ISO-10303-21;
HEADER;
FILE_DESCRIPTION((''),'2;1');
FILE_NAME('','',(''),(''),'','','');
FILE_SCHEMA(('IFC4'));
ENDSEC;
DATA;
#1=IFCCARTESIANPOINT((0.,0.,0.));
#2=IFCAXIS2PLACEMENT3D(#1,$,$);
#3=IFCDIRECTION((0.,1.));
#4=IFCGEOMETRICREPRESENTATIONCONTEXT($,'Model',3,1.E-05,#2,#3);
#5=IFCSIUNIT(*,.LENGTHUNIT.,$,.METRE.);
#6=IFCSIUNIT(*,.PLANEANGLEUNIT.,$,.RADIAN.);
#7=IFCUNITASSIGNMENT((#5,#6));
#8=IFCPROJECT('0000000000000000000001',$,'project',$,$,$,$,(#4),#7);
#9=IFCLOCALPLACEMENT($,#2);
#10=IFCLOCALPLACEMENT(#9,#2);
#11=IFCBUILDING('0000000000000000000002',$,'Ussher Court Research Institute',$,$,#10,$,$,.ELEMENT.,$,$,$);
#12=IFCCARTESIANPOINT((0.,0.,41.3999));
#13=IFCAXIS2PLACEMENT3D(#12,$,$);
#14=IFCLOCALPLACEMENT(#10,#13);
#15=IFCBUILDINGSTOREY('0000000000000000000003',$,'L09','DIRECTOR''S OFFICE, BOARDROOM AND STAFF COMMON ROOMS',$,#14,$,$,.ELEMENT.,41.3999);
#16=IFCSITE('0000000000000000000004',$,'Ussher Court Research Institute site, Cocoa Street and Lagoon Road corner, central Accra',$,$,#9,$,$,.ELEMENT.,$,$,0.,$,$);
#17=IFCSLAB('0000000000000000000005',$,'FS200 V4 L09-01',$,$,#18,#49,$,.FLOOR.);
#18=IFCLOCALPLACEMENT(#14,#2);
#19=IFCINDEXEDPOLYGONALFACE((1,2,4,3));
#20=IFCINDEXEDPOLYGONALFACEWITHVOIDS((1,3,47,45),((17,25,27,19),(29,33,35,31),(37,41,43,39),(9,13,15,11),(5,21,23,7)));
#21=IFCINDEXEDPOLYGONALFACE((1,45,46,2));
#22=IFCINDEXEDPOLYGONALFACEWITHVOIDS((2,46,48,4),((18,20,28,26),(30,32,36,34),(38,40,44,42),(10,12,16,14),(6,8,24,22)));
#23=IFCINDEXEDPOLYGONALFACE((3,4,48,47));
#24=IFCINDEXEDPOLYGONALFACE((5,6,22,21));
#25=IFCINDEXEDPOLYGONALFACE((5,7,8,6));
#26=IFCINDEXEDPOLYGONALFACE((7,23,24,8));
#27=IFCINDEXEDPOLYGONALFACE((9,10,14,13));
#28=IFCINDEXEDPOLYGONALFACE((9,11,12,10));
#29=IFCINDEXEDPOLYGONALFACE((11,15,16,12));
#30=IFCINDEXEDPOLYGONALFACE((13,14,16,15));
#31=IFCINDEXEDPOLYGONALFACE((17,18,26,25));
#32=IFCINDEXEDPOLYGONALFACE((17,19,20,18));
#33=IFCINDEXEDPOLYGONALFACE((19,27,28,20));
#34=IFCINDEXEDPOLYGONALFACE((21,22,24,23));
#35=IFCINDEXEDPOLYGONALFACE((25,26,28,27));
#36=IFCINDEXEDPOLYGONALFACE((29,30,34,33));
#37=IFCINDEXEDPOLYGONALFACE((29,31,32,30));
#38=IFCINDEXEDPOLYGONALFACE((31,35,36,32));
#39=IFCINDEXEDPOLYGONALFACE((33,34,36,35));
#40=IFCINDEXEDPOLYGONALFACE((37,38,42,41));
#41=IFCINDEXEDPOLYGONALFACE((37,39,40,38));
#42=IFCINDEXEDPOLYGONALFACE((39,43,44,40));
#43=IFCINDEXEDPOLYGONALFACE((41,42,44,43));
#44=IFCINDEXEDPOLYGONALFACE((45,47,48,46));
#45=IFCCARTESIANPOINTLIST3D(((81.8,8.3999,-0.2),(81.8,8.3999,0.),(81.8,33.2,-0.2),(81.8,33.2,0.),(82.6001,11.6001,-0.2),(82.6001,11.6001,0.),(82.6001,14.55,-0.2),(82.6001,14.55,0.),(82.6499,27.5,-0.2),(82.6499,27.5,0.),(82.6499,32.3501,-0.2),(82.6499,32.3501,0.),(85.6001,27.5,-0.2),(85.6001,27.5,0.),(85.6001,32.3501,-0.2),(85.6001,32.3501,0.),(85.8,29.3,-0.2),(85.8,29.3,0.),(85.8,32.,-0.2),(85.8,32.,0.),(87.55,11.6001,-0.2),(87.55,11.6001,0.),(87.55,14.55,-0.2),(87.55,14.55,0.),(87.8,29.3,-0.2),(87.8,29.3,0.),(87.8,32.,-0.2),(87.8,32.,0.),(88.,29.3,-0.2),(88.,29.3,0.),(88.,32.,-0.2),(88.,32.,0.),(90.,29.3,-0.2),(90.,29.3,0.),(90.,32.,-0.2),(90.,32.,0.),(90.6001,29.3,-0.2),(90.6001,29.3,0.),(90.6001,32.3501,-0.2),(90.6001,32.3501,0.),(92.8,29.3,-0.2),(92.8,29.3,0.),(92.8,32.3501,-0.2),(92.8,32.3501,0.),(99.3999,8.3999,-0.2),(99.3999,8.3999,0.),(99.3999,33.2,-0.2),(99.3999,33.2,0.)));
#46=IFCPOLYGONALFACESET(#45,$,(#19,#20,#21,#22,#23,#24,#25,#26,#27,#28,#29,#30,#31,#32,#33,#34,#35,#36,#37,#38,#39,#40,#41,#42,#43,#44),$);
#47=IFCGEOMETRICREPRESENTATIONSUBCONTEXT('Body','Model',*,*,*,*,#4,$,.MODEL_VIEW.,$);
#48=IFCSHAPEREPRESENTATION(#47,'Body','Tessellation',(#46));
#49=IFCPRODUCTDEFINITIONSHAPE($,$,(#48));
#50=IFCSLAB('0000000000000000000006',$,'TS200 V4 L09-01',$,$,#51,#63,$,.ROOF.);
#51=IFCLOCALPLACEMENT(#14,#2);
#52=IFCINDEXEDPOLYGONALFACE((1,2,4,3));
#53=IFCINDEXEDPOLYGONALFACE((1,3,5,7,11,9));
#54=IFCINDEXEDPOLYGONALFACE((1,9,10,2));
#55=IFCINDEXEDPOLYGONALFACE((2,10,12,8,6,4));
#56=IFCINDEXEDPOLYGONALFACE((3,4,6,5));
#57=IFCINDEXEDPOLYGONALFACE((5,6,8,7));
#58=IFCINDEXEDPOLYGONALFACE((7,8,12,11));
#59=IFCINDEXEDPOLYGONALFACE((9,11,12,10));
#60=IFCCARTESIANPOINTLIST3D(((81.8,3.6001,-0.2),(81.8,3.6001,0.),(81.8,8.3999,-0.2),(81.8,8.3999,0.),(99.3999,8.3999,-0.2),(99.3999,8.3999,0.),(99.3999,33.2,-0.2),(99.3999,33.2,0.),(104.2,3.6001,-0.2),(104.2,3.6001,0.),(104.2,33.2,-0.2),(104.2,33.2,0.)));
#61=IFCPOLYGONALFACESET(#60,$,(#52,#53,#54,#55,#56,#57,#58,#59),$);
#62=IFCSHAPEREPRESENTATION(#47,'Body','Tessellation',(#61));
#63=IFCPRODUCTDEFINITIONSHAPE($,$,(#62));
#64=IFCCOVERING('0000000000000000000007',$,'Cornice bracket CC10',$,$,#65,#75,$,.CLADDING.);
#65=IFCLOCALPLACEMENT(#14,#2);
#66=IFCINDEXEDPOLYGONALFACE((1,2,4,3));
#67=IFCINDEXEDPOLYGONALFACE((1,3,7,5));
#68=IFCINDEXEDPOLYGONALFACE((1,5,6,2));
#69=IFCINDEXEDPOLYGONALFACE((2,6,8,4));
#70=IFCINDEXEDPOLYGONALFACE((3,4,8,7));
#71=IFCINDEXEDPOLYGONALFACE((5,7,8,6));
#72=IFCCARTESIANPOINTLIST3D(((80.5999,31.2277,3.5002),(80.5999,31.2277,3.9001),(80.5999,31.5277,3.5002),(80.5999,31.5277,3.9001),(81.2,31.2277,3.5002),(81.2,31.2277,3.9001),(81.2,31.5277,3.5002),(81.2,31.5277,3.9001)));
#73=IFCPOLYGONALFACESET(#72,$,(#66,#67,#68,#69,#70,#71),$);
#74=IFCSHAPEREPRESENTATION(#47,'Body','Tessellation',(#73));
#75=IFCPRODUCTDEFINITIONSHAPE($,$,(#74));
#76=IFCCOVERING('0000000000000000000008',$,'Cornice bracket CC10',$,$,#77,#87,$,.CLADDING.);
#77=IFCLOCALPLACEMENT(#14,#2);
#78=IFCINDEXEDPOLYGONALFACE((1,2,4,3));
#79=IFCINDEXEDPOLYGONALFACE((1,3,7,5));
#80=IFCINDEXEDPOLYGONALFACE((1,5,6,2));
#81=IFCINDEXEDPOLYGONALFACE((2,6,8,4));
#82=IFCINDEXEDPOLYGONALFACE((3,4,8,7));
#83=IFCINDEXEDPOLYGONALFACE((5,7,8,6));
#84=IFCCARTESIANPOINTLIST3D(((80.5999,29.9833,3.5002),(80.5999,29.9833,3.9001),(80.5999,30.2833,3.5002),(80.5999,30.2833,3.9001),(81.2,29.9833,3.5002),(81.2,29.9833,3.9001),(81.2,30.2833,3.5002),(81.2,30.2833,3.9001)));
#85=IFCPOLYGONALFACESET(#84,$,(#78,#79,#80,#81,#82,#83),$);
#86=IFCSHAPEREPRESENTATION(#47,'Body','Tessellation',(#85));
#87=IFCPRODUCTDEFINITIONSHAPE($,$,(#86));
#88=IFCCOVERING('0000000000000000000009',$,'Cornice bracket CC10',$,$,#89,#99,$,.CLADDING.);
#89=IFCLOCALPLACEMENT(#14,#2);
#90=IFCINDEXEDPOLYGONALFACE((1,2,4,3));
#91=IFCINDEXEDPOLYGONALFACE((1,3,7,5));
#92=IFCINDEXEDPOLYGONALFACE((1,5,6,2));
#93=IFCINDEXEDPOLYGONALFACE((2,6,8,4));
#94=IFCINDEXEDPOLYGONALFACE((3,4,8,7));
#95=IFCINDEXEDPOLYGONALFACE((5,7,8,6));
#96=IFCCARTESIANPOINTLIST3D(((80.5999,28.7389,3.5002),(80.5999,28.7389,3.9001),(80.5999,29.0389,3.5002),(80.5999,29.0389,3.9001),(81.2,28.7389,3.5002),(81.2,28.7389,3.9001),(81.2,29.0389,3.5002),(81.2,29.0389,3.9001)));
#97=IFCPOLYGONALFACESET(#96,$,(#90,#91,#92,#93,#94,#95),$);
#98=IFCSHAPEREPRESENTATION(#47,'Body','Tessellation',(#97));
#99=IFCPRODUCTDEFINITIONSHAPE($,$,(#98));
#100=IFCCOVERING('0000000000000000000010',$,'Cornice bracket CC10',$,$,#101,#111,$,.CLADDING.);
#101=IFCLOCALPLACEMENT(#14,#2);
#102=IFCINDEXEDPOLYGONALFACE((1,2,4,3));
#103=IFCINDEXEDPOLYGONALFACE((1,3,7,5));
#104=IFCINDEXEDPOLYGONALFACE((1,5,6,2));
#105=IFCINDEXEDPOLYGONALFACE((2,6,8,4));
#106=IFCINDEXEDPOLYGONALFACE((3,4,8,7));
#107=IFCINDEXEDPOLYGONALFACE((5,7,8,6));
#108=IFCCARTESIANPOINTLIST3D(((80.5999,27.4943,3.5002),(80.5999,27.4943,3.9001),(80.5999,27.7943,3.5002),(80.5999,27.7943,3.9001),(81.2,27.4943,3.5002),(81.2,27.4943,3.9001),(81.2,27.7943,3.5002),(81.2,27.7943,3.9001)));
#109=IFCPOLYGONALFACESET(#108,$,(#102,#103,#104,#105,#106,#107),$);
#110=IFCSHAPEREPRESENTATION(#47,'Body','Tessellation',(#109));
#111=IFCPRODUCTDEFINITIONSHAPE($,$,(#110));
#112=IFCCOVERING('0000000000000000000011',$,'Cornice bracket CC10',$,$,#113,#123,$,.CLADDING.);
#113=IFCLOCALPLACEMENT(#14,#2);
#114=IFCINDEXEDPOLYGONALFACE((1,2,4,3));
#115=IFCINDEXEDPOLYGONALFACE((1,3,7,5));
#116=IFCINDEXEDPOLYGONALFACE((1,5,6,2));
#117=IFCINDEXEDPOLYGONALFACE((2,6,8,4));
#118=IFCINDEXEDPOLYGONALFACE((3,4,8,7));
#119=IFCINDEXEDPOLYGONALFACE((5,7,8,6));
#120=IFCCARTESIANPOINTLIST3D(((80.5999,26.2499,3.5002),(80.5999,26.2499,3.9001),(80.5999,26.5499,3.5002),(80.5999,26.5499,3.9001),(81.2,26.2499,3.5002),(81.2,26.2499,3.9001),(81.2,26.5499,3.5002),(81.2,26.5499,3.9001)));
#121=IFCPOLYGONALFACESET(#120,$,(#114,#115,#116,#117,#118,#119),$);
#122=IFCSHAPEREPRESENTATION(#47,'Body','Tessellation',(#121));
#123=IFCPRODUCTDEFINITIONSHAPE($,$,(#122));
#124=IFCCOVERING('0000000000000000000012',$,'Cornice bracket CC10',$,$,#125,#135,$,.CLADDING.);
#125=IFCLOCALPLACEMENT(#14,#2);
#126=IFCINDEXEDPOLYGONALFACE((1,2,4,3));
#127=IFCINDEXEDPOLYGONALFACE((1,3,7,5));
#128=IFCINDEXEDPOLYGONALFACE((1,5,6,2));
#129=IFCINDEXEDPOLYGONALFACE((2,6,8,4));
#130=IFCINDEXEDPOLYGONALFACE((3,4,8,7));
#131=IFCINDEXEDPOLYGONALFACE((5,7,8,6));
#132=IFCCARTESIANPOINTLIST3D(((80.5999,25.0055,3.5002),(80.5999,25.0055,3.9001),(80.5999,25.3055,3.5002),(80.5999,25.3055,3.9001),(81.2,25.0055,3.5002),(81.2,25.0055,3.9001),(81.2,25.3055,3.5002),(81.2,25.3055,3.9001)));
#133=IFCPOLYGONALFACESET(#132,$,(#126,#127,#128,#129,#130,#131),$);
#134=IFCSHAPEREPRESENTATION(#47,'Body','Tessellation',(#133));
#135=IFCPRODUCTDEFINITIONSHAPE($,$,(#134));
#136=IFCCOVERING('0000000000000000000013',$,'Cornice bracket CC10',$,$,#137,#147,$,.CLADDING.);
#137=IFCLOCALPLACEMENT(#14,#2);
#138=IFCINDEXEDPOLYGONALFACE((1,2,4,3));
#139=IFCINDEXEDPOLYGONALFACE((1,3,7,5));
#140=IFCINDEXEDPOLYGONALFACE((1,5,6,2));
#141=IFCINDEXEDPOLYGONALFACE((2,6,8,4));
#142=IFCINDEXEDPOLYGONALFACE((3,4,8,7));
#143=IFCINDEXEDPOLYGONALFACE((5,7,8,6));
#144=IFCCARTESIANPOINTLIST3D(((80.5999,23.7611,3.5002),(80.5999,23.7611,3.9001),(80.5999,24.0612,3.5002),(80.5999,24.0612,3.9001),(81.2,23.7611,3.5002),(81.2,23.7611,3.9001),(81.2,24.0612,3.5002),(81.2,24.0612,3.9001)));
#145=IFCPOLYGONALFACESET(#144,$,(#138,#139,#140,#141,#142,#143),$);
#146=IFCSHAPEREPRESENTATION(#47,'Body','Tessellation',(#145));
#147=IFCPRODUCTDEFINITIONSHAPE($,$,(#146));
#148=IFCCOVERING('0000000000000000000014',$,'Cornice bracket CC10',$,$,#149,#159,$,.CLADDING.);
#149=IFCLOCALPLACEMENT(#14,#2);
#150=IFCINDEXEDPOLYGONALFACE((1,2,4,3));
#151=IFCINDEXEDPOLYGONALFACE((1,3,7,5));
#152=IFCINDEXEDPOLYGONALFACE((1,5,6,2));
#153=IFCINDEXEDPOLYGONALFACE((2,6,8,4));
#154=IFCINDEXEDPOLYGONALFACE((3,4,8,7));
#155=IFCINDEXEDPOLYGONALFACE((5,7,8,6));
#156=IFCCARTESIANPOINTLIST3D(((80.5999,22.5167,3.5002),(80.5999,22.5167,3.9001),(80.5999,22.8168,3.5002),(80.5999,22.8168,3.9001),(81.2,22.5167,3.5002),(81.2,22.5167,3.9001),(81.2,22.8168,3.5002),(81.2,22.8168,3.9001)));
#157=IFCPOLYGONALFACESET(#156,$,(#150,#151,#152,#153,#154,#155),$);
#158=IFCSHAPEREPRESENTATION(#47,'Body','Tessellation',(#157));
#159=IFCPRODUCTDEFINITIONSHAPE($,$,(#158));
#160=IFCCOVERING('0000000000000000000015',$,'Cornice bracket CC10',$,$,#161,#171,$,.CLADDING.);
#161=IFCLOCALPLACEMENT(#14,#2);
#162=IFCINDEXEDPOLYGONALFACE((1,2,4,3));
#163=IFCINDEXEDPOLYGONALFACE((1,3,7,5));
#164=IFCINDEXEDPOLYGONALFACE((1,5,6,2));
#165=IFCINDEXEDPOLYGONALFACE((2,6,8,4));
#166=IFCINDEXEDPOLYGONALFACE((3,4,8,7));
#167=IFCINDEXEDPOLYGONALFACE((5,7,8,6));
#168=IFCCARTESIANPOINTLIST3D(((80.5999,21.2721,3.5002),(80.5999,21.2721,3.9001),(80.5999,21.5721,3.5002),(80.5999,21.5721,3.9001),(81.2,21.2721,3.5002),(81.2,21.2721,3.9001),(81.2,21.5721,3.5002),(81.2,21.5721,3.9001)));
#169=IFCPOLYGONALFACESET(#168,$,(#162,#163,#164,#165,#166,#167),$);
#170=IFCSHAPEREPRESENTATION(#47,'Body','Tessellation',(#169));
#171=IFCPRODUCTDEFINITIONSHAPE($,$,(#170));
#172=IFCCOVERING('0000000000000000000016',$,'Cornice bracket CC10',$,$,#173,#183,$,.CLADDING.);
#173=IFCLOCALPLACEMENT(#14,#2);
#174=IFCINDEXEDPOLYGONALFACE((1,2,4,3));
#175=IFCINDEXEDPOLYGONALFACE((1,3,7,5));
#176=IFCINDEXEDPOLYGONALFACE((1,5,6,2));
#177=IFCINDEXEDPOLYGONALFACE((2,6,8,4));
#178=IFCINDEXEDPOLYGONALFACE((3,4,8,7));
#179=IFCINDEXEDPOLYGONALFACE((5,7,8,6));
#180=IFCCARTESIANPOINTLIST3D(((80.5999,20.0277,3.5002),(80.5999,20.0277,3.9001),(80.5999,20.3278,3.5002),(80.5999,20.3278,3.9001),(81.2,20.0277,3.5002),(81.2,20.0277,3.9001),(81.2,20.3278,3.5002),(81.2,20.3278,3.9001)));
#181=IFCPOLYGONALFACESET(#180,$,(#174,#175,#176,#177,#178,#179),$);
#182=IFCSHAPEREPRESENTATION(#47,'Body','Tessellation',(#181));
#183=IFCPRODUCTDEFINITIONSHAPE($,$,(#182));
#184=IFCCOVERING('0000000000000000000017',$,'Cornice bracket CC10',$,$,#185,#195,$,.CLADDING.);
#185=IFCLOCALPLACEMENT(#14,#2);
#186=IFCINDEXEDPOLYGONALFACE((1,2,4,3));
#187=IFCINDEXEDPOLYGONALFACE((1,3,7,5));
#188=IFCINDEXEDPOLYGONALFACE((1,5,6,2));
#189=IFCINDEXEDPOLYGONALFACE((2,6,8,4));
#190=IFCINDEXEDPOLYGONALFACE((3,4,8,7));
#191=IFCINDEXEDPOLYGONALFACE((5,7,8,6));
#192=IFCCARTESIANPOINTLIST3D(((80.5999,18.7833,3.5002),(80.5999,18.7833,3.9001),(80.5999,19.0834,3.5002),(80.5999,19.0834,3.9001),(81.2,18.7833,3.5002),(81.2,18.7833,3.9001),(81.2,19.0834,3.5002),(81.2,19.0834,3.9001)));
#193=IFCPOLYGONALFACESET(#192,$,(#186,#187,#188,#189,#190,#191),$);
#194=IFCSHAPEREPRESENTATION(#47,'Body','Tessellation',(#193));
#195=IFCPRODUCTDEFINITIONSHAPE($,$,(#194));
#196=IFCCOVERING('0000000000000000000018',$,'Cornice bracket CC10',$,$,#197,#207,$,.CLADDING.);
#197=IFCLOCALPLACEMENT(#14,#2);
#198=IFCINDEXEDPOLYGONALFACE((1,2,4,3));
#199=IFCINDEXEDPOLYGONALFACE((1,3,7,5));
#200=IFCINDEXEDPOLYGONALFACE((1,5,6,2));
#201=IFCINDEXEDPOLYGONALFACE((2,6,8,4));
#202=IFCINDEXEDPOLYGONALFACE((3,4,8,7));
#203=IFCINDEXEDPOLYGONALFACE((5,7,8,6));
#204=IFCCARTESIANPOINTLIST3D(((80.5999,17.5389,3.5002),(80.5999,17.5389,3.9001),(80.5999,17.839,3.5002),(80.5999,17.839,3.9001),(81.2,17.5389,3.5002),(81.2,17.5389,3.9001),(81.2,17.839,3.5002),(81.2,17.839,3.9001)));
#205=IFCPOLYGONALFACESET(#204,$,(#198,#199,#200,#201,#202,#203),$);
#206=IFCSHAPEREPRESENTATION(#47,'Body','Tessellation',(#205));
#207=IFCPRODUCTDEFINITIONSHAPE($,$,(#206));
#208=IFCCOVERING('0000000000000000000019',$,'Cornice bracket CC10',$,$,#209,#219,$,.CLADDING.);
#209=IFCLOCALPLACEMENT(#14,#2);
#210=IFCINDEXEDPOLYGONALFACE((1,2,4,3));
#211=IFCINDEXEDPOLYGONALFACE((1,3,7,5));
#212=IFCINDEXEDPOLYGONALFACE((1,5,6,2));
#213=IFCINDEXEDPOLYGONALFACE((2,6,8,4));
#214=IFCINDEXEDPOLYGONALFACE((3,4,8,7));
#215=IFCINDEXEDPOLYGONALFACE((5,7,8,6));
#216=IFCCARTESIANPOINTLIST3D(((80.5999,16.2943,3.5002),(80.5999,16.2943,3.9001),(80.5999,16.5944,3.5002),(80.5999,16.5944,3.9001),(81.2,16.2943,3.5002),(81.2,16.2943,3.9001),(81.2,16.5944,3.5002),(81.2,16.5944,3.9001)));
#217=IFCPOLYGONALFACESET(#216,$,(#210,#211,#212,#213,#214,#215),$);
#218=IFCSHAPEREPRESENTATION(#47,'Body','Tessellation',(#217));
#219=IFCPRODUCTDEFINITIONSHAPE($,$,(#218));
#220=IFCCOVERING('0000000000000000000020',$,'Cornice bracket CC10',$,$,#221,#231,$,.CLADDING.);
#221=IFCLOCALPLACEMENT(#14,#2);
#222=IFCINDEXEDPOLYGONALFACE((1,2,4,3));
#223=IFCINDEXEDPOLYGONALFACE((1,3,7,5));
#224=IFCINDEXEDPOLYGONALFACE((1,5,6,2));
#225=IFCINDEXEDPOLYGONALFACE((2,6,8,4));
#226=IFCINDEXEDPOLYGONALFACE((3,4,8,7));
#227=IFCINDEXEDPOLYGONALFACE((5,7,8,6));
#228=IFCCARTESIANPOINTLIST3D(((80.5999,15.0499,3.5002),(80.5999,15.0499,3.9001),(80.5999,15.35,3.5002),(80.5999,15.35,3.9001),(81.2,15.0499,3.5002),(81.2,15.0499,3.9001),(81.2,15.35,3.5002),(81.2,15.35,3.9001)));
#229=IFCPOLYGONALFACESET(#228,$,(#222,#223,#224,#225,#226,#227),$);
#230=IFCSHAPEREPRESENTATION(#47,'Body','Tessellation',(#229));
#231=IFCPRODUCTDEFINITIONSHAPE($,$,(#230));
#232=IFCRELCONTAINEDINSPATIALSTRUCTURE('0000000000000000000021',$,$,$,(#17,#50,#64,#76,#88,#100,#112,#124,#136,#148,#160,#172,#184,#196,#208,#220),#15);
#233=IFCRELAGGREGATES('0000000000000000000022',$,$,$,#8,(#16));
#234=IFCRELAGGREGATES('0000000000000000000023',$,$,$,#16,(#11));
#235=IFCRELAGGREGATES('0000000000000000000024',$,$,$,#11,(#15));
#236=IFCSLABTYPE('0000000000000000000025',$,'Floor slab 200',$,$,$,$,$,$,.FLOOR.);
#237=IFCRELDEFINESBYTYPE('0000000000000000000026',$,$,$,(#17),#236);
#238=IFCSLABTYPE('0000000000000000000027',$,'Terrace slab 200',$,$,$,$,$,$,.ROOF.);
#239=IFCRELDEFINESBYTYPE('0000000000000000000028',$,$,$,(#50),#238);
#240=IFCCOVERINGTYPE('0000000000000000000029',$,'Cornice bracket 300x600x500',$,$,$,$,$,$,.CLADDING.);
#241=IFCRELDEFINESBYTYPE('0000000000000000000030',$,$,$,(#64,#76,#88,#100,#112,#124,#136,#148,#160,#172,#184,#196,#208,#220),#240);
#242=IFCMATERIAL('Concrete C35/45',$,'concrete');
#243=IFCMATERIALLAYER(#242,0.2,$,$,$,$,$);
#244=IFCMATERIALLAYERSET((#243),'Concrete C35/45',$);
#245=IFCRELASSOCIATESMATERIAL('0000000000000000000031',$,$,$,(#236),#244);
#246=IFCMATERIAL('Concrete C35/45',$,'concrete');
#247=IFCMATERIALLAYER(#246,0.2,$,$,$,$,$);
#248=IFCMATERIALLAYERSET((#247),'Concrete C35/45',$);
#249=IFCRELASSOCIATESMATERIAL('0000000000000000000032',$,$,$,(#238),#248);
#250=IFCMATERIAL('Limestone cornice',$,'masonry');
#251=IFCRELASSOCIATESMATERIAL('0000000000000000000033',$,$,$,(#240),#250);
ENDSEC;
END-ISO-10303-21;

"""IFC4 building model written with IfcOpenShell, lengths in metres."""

from ifc_helpers import new_model, si_unit, direction, frame, origin, origin_2d, place, context, subcontext, project, spatial, polyline, rectangle, outline, extrude, material, layer, layer_set, type_object, element, save


model = new_model("IFC4")

# Units and contexts
model_context = context("Model", 3, precision=1e-05, world=origin(), true_north=direction((0.0, 1.0)))
body_context = subcontext(model_context, "Body", "Model", "MODEL_VIEW")
ifc_project = project(units=[si_unit("LENGTHUNIT", "METRE"), si_unit("PLANEANGLEUNIT", "RADIAN")], contexts=[model_context])

# Site, building, storey
site_placement = place(None, origin())
site = spatial("IfcSite", under=ifc_project, at=site_placement, Name="Ussher Court Research Institute site, Cocoa Street and Lagoon Road corner, central Accra", CompositionType="ELEMENT", RefElevation=0.0)
building_placement = place(site_placement, origin())
building = spatial("IfcBuilding", under=site, at=building_placement, Name="Ussher Court Research Institute", CompositionType="ELEMENT")
storey_placement = place(building_placement, frame((0.0, 0.0, 41.3999)))
storey = spatial("IfcBuildingStorey", under=building, at=storey_placement, Name="L09", Description="DIRECTOR'S OFFICE, BOARDROOM AND STAFF COMMON ROOMS", CompositionType="ELEMENT", Elevation=41.3999)

# Slabs
ifc_material_1 = material(Name="Concrete C35/45", Category="concrete")
ifc_layer_1 = layer(ifc_material_1, 0.2)
ifc_layer_set_1 = layer_set([ifc_layer_1], Name="Concrete C35/45")
slab_type_1 = type_object("IfcSlabType", Name="Floor slab 200", PredefinedType="FLOOR", material=ifc_layer_set_1)
slab_1_placement = place(storey_placement, frame((0.0, 0.0, -0.2)))
element("IfcSlab", 1, at=slab_1_placement, inside=storey, type_object=slab_type_1, Name="FS200 V4 L09-01", PredefinedType="FLOOR", context=body_context, shape_type="SweptSolid", body=[
    extrude(outline(polyline([(81.8, 33.2), (81.8, 8.3999), (99.3999, 8.3999), (99.3999, 33.2), (81.8, 33.2)]), holes=[polyline([(82.6001, 14.55), (87.55, 14.55), (87.55, 11.6001), (82.6001, 11.6001), (82.6001, 14.55)]), polyline([(85.6001, 32.3501), (85.6001, 27.5), (82.6499, 27.5), (82.6499, 32.3501), (85.6001, 32.3501)]), polyline([(85.8, 32.0), (87.8, 32.0), (87.8, 29.3), (85.8, 29.3), (85.8, 32.0)]), polyline([(90.0, 32.0), (90.0, 29.3), (88.0, 29.3), (88.0, 32.0), (90.0, 32.0)]), polyline([(92.8, 32.3501), (92.8, 29.3), (90.6001, 29.3), (90.6001, 32.3501), (92.8, 32.3501)])]), origin(), (0.0, 0.0, 1.0), 0.2),
])
ifc_material_2 = material(Name="Concrete C35/45", Category="concrete")
ifc_layer_2 = layer(ifc_material_2, 0.2)
ifc_layer_set_2 = layer_set([ifc_layer_2], Name="Concrete C35/45")
slab_type_2 = type_object("IfcSlabType", Name="Terrace slab 200", PredefinedType="ROOF", material=ifc_layer_set_2)
slab_2_placement = place(storey_placement, frame((0.0, 0.0, -0.2)))
element("IfcSlab", 2, at=slab_2_placement, inside=storey, type_object=slab_type_2, Name="TS200 V4 L09-01", PredefinedType="ROOF", context=body_context, shape_type="SweptSolid", body=[
    extrude(outline(polyline([(81.8, 8.3999), (81.8, 3.6001), (104.2, 3.6001), (104.2, 33.2), (99.3999, 33.2), (99.3999, 8.3999), (81.8, 8.3999)])), origin(), (0.0, 0.0, 1.0), 0.2),
])

# Coverings
ifc_material_3 = material(Name="Limestone cornice", Category="masonry")
covering_type_1 = type_object("IfcCoveringType", Name="Cornice bracket 300x600x500", PredefinedType="CLADDING", material=ifc_material_3)
for number, where, z_axis, x_axis, name in (
    (3, (80.8999, 31.3777, 3.5002), (0.0, 0.0, 1.0), (0.0, -1.0, 0.0), "Cornice bracket CC10"),
    (4, (80.8999, 30.1333, 3.5002), (0.0, 0.0, 1.0), (0.0, -1.0, 0.0), "Cornice bracket CC10"),
    (5, (80.8999, 28.8889, 3.5002), (0.0, 0.0, 1.0), (0.0, -1.0, 0.0), "Cornice bracket CC10"),
    (6, (80.8999, 27.6443, 3.5002), (0.0, 0.0, 1.0), (0.0, -1.0, 0.0), "Cornice bracket CC10"),
    (7, (80.8999, 26.3999, 3.5002), (0.0, 0.0, 1.0), (0.0, -1.0, 0.0), "Cornice bracket CC10"),
    (8, (80.8999, 25.1555, 3.5002), (0.0, 0.0, 1.0), (0.0, -1.0, 0.0), "Cornice bracket CC10"),
    (9, (80.8999, 23.9111, 3.5002), (0.0, 0.0, 1.0), (0.0, -1.0, 0.0), "Cornice bracket CC10"),
    (10, (80.8999, 22.6667, 3.5002), (0.0, 0.0, 1.0), (0.0, -1.0, 0.0), "Cornice bracket CC10"),
    (11, (80.8999, 21.4221, 3.5002), (0.0, 0.0, 1.0), (0.0, -1.0, 0.0), "Cornice bracket CC10"),
    (12, (80.8999, 20.1777, 3.5002), (0.0, 0.0, 1.0), (0.0, -1.0, 0.0), "Cornice bracket CC10"),
    (13, (80.8999, 18.9333, 3.5002), (0.0, 0.0, 1.0), (0.0, -1.0, 0.0), "Cornice bracket CC10"),
    (14, (80.8999, 17.689, 3.5002), (0.0, 0.0, 1.0), (0.0, -1.0, 0.0), "Cornice bracket CC10"),
    (15, (80.8999, 16.4443, 3.5002), (0.0, 0.0, 1.0), (0.0, -1.0, 0.0), "Cornice bracket CC10"),
    (16, (80.8999, 15.2, 3.5002), (0.0, 0.0, 1.0), (0.0, -1.0, 0.0), "Cornice bracket CC10"),
):
    element("IfcCovering", number, at=place(storey_placement, frame(where, z_axis=z_axis, x_axis=x_axis)), inside=storey, type_object=covering_type_1, Name=name, PredefinedType="CLADDING", context=body_context, shape_type="SweptSolid", body=[
        extrude(rectangle(XDim=0.3, YDim=0.6001, at=origin_2d()), origin(), (0.0, 0.0, 1.0), 0.3999),
    ])

save(model, "model.ifc")
